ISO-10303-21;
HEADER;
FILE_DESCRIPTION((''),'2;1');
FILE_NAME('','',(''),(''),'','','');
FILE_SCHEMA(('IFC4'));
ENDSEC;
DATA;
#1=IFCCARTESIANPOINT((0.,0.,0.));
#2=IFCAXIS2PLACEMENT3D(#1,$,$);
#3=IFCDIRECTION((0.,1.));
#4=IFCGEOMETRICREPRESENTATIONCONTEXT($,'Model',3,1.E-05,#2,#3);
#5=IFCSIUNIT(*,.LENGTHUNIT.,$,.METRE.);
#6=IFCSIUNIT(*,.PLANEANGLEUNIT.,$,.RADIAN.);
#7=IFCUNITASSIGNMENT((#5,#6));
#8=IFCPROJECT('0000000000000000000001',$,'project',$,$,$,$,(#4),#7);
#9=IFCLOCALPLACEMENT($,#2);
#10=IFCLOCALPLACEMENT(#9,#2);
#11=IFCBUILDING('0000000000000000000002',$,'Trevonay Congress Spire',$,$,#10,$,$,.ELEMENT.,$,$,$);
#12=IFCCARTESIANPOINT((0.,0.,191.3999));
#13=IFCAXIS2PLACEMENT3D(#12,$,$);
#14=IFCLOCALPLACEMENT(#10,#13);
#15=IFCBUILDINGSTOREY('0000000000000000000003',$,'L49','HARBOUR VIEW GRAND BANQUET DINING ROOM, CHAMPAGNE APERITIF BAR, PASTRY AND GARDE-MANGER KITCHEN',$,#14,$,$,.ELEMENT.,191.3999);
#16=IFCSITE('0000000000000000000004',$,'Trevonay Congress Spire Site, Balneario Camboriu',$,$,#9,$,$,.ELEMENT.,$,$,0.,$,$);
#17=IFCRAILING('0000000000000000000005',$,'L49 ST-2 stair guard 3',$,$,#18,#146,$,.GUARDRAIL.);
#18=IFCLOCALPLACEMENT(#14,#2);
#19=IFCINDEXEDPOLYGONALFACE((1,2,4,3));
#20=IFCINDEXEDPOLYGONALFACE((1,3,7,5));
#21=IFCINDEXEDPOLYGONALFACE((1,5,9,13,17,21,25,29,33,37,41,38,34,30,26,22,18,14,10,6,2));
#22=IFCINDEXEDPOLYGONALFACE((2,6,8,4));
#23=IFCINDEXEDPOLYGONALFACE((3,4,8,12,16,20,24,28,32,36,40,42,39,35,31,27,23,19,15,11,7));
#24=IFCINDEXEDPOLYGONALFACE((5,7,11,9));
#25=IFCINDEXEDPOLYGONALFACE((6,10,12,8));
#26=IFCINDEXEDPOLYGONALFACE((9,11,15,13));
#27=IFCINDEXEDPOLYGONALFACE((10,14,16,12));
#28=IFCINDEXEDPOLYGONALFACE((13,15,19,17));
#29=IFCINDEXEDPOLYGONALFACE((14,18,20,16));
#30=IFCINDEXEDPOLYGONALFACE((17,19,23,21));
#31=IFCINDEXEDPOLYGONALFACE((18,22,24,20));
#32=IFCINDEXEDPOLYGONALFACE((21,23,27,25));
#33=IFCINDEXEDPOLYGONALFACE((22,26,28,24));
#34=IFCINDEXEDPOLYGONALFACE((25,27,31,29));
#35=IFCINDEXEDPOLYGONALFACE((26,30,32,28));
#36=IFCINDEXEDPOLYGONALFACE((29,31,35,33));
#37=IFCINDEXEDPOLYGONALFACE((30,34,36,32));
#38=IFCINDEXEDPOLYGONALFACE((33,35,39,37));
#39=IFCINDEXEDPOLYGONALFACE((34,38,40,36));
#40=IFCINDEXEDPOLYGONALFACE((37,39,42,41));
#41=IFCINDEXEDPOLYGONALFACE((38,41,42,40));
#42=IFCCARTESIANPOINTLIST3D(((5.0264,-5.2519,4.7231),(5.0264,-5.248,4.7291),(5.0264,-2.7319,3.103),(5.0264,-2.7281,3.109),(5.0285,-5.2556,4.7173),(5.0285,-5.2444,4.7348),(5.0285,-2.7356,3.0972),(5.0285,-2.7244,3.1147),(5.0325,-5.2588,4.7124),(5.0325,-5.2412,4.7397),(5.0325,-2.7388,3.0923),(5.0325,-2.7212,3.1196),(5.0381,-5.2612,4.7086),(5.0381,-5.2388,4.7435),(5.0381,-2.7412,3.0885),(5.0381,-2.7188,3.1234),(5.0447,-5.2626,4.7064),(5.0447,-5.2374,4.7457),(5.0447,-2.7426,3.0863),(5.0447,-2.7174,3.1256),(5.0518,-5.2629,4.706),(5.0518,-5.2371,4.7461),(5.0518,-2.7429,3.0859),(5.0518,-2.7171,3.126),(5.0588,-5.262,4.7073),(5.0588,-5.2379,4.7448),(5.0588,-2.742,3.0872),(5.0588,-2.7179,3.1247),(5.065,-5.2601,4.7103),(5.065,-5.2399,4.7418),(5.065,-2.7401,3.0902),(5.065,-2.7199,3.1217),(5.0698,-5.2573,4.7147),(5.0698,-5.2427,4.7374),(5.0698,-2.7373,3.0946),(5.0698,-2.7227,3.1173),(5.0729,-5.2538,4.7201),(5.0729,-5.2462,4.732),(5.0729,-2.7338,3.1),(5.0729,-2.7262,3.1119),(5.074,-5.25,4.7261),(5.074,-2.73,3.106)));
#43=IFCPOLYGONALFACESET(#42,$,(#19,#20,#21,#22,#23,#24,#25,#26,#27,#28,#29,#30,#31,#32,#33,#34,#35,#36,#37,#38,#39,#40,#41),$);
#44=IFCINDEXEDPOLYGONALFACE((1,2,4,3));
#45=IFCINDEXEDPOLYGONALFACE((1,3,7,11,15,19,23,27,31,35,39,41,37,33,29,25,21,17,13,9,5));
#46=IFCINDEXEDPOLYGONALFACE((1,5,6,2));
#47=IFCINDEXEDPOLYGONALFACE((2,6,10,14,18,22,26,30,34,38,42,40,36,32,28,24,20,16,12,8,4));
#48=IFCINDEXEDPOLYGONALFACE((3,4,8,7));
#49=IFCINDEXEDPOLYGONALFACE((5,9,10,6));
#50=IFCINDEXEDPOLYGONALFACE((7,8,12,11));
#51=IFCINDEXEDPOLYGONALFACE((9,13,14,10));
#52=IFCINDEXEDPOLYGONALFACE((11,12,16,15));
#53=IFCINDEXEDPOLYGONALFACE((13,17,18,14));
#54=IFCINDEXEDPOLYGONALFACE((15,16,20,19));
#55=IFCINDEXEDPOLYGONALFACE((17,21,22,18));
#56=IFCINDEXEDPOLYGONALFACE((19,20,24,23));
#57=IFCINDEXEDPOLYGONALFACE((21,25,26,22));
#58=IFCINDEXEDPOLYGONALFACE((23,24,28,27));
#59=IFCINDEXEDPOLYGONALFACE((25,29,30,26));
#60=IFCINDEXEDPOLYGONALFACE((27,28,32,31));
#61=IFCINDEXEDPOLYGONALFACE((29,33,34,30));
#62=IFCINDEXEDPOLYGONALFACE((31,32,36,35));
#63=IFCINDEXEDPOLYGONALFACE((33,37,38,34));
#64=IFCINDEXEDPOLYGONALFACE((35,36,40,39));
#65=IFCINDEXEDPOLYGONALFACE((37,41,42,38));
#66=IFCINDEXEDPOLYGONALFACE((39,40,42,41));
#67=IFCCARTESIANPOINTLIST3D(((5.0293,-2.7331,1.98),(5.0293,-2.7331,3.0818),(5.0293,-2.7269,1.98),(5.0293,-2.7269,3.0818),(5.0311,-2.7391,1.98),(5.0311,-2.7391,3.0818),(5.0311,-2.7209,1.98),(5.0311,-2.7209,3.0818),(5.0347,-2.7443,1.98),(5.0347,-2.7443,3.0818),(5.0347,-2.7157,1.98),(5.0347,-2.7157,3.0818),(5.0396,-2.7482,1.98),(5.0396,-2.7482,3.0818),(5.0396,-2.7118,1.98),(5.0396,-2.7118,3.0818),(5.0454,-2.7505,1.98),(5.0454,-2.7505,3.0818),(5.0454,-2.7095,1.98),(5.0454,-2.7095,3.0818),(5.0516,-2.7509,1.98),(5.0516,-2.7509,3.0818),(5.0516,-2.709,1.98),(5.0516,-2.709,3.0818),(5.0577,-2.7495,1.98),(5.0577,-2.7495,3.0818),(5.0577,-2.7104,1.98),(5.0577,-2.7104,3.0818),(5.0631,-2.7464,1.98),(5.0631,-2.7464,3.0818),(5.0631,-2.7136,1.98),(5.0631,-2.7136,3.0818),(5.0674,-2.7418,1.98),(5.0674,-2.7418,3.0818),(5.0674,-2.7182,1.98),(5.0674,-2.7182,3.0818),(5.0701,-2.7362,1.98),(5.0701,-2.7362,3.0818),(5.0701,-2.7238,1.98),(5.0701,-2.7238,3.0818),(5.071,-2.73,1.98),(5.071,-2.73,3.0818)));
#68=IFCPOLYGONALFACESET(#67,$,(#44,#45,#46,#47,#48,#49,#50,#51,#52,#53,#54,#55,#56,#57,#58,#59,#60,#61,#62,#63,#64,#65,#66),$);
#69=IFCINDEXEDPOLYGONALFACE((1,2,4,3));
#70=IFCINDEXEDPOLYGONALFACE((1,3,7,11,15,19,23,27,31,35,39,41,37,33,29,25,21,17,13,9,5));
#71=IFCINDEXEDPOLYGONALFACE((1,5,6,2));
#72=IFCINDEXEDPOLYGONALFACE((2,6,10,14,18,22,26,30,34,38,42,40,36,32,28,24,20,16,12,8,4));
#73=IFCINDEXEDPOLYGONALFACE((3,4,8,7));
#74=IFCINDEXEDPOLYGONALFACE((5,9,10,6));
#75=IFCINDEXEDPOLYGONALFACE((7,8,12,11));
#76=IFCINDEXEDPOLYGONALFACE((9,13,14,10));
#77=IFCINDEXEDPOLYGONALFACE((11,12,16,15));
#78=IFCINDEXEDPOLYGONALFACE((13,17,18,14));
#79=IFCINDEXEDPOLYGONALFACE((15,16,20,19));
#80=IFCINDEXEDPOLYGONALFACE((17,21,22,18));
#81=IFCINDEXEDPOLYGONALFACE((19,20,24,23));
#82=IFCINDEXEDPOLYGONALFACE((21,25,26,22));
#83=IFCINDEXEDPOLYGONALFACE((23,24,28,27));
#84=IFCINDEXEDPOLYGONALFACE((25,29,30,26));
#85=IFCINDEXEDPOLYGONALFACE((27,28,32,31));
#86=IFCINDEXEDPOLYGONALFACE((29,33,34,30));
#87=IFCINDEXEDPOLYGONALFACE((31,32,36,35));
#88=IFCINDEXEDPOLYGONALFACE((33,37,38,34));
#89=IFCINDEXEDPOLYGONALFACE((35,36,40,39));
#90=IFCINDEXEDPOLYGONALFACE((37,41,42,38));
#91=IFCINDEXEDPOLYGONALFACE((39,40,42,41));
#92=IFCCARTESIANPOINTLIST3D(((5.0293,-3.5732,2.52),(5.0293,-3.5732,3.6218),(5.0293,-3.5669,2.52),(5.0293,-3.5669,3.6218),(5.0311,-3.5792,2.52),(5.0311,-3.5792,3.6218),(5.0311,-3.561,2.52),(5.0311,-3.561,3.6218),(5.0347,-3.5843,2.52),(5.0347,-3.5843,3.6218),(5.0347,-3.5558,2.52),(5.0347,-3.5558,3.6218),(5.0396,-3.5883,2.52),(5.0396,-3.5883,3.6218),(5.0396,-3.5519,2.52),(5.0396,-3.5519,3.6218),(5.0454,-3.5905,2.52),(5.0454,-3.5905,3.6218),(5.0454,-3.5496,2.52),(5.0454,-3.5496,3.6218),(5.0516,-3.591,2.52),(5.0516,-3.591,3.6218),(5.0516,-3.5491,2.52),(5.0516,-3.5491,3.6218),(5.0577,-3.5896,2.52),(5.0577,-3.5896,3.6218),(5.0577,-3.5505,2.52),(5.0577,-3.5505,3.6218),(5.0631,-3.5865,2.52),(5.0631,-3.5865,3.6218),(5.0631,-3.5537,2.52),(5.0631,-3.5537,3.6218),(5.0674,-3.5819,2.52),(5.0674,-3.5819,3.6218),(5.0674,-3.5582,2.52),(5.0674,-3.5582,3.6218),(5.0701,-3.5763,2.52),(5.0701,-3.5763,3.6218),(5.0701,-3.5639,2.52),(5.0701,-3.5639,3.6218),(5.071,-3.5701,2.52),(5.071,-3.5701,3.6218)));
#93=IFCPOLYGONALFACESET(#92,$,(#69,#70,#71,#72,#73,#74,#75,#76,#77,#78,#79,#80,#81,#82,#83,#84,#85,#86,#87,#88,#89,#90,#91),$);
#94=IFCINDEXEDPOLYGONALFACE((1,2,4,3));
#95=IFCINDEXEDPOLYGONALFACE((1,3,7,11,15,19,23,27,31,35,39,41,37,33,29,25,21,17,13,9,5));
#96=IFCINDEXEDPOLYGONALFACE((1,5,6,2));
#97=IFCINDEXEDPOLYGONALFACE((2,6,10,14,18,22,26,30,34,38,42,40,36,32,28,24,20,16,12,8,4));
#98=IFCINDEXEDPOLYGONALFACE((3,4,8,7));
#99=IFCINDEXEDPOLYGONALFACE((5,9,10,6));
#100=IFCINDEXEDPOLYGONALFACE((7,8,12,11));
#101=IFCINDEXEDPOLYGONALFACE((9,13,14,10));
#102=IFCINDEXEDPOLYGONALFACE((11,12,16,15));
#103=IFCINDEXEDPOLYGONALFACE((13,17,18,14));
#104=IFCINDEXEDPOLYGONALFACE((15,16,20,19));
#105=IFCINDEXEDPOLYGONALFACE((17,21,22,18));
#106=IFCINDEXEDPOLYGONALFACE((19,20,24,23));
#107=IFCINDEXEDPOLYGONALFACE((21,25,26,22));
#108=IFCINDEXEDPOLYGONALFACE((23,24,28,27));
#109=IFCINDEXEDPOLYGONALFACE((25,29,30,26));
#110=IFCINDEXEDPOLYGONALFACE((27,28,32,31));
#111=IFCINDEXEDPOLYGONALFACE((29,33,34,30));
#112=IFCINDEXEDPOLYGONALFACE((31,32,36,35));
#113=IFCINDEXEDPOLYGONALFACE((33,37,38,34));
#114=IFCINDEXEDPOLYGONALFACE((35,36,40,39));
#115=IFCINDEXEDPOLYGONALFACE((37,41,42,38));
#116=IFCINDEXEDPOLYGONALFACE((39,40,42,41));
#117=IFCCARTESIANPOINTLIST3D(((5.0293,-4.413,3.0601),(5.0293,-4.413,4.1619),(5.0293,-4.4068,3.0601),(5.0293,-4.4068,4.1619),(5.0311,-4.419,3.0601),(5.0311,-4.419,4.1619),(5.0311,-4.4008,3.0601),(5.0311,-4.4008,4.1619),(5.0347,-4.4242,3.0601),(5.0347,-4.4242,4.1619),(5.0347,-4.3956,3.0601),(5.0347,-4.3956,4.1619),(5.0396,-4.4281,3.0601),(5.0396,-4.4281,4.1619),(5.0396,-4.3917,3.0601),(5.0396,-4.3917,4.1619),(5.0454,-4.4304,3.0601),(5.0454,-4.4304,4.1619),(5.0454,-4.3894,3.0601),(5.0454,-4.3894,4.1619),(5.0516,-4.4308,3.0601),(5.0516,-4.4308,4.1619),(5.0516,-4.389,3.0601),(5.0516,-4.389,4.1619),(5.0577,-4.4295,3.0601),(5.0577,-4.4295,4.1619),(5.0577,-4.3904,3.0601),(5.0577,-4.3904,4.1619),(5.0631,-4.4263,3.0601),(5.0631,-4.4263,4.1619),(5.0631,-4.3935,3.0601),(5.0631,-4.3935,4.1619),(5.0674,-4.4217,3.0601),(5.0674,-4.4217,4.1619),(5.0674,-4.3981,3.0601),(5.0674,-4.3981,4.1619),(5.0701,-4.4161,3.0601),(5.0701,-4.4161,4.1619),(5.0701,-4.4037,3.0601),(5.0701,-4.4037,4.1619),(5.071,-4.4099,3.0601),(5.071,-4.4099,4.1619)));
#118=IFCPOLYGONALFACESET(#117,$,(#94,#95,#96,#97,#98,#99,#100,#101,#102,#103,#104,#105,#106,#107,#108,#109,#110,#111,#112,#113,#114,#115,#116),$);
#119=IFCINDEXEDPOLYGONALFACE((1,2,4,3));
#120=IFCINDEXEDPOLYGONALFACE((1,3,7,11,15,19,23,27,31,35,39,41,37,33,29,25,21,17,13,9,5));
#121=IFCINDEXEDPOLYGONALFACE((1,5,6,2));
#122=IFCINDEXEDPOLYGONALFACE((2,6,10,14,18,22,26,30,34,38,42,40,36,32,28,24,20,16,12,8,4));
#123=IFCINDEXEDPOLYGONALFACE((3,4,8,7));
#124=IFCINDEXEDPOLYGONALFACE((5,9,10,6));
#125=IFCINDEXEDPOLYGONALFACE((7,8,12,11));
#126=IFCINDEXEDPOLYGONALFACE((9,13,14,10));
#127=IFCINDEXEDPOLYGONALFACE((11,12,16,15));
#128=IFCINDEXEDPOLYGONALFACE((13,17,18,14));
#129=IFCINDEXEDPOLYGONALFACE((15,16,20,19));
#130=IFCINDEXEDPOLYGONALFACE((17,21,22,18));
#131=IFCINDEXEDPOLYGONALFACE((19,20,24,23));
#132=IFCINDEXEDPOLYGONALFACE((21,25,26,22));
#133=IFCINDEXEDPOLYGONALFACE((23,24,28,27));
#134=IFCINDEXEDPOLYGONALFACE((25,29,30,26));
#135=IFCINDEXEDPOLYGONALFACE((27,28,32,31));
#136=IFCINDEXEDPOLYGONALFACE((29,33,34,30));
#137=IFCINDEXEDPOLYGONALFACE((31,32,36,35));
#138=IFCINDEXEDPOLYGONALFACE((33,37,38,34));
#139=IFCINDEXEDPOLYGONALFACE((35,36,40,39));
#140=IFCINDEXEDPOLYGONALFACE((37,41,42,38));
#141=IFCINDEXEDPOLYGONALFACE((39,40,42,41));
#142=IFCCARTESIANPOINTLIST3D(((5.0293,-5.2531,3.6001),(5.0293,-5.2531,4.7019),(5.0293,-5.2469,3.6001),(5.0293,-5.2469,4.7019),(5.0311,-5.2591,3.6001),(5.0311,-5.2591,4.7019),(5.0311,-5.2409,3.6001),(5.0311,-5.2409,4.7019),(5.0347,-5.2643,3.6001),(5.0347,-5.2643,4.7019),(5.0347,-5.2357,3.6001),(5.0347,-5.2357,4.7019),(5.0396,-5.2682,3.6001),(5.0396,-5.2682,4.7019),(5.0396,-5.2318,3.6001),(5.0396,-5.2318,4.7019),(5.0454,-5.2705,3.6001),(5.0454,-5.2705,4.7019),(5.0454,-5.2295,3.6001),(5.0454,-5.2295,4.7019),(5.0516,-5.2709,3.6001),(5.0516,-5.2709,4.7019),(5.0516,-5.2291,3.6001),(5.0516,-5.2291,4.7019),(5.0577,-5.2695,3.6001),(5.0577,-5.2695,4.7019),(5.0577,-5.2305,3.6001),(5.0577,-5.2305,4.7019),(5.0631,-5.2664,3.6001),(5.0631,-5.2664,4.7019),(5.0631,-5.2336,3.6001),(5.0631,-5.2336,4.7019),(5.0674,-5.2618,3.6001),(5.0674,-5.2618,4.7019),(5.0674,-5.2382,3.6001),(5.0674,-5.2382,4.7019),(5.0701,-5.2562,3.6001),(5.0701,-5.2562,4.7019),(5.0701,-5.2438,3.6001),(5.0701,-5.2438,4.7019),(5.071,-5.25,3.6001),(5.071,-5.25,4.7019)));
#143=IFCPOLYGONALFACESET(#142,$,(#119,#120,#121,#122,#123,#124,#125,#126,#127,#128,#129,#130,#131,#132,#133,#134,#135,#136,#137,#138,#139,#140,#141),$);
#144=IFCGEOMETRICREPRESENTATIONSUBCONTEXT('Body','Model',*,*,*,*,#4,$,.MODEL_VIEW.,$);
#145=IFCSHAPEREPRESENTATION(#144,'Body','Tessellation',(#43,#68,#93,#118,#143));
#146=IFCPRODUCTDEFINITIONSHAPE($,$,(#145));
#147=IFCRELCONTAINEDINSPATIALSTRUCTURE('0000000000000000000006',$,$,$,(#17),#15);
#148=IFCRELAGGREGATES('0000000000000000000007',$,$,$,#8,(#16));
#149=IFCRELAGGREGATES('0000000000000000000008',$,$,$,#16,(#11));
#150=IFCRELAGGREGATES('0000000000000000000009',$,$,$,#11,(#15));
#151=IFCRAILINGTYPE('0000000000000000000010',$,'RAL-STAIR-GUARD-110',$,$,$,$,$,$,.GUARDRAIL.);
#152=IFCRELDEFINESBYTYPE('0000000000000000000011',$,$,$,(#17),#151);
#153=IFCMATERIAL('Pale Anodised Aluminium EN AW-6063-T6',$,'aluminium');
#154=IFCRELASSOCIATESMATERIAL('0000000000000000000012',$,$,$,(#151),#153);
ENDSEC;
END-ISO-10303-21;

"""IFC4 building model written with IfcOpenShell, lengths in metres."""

from ifc_helpers import new_model, si_unit, direction, frame, origin, origin_2d, place, context, subcontext, project, spatial, circle, extrude, material, type_object, element, save


model = new_model("IFC4")

# Units and contexts
model_context = context("Model", 3, precision=1e-05, world=origin(), true_north=direction((0.0, 1.0)))
body_context = subcontext(model_context, "Body", "Model", "MODEL_VIEW")
ifc_project = project(units=[si_unit("LENGTHUNIT", "METRE"), si_unit("PLANEANGLEUNIT", "RADIAN")], contexts=[model_context])

# Site, building, storey
site_placement = place(None, origin())
site = spatial("IfcSite", under=ifc_project, at=site_placement, Name="Trevonay Congress Spire Site, Balneario Camboriu", CompositionType="ELEMENT", RefElevation=0.0)
building_placement = place(site_placement, origin())
building = spatial("IfcBuilding", under=site, at=building_placement, Name="Trevonay Congress Spire", CompositionType="ELEMENT")
storey_placement = place(building_placement, frame((0.0, 0.0, 191.3999)))
storey = spatial("IfcBuildingStorey", under=building, at=storey_placement, Name="L49", Description="HARBOUR VIEW GRAND BANQUET DINING ROOM, CHAMPAGNE APERITIF BAR, PASTRY AND GARDE-MANGER KITCHEN", CompositionType="ELEMENT", Elevation=191.3999)

# Railing
ifc_material_1 = material(Name="Pale Anodised Aluminium EN AW-6063-T6", Category="aluminium")
railing_type_1 = type_object("IfcRailingType", Name="RAL-STAIR-GUARD-110", PredefinedType="GUARDRAIL", material=ifc_material_1)
railing_1_placement = place(storey_placement, frame((5.05, -2.73, 1.98)))
element("IfcRailing", 1, at=railing_1_placement, inside=storey, type_object=railing_type_1, Name="L49 ST-2 stair guard 3", PredefinedType="GUARDRAIL", context=body_context, shape_type="SweptSolid", body=[
    extrude(circle(Radius=0.0239, at=origin_2d()), frame((0.0, 0.0, 1.126), z_axis=(0.0, -0.841163, 0.540782), x_axis=(1.0, 0.0, 0.0)), (0.0, 0.0, 1.0), 2.9958),
    extrude(circle(Radius=0.021, at=origin_2d()), origin(), (0.0, 0.0, 1.0), 1.1018),
    extrude(circle(Radius=0.021, at=origin_2d()), frame((0.0, -0.8401, 0.54)), (0.0, 0.0, 1.0), 1.1018),
    extrude(circle(Radius=0.021, at=origin_2d()), frame((0.0, -1.6799, 1.0801)), (0.0, 0.0, 1.0), 1.1018),
    extrude(circle(Radius=0.021, at=origin_2d()), frame((0.0, -2.52, 1.6201)), (0.0, 0.0, 1.0), 1.1018),
])

save(model, "model.ifc")
